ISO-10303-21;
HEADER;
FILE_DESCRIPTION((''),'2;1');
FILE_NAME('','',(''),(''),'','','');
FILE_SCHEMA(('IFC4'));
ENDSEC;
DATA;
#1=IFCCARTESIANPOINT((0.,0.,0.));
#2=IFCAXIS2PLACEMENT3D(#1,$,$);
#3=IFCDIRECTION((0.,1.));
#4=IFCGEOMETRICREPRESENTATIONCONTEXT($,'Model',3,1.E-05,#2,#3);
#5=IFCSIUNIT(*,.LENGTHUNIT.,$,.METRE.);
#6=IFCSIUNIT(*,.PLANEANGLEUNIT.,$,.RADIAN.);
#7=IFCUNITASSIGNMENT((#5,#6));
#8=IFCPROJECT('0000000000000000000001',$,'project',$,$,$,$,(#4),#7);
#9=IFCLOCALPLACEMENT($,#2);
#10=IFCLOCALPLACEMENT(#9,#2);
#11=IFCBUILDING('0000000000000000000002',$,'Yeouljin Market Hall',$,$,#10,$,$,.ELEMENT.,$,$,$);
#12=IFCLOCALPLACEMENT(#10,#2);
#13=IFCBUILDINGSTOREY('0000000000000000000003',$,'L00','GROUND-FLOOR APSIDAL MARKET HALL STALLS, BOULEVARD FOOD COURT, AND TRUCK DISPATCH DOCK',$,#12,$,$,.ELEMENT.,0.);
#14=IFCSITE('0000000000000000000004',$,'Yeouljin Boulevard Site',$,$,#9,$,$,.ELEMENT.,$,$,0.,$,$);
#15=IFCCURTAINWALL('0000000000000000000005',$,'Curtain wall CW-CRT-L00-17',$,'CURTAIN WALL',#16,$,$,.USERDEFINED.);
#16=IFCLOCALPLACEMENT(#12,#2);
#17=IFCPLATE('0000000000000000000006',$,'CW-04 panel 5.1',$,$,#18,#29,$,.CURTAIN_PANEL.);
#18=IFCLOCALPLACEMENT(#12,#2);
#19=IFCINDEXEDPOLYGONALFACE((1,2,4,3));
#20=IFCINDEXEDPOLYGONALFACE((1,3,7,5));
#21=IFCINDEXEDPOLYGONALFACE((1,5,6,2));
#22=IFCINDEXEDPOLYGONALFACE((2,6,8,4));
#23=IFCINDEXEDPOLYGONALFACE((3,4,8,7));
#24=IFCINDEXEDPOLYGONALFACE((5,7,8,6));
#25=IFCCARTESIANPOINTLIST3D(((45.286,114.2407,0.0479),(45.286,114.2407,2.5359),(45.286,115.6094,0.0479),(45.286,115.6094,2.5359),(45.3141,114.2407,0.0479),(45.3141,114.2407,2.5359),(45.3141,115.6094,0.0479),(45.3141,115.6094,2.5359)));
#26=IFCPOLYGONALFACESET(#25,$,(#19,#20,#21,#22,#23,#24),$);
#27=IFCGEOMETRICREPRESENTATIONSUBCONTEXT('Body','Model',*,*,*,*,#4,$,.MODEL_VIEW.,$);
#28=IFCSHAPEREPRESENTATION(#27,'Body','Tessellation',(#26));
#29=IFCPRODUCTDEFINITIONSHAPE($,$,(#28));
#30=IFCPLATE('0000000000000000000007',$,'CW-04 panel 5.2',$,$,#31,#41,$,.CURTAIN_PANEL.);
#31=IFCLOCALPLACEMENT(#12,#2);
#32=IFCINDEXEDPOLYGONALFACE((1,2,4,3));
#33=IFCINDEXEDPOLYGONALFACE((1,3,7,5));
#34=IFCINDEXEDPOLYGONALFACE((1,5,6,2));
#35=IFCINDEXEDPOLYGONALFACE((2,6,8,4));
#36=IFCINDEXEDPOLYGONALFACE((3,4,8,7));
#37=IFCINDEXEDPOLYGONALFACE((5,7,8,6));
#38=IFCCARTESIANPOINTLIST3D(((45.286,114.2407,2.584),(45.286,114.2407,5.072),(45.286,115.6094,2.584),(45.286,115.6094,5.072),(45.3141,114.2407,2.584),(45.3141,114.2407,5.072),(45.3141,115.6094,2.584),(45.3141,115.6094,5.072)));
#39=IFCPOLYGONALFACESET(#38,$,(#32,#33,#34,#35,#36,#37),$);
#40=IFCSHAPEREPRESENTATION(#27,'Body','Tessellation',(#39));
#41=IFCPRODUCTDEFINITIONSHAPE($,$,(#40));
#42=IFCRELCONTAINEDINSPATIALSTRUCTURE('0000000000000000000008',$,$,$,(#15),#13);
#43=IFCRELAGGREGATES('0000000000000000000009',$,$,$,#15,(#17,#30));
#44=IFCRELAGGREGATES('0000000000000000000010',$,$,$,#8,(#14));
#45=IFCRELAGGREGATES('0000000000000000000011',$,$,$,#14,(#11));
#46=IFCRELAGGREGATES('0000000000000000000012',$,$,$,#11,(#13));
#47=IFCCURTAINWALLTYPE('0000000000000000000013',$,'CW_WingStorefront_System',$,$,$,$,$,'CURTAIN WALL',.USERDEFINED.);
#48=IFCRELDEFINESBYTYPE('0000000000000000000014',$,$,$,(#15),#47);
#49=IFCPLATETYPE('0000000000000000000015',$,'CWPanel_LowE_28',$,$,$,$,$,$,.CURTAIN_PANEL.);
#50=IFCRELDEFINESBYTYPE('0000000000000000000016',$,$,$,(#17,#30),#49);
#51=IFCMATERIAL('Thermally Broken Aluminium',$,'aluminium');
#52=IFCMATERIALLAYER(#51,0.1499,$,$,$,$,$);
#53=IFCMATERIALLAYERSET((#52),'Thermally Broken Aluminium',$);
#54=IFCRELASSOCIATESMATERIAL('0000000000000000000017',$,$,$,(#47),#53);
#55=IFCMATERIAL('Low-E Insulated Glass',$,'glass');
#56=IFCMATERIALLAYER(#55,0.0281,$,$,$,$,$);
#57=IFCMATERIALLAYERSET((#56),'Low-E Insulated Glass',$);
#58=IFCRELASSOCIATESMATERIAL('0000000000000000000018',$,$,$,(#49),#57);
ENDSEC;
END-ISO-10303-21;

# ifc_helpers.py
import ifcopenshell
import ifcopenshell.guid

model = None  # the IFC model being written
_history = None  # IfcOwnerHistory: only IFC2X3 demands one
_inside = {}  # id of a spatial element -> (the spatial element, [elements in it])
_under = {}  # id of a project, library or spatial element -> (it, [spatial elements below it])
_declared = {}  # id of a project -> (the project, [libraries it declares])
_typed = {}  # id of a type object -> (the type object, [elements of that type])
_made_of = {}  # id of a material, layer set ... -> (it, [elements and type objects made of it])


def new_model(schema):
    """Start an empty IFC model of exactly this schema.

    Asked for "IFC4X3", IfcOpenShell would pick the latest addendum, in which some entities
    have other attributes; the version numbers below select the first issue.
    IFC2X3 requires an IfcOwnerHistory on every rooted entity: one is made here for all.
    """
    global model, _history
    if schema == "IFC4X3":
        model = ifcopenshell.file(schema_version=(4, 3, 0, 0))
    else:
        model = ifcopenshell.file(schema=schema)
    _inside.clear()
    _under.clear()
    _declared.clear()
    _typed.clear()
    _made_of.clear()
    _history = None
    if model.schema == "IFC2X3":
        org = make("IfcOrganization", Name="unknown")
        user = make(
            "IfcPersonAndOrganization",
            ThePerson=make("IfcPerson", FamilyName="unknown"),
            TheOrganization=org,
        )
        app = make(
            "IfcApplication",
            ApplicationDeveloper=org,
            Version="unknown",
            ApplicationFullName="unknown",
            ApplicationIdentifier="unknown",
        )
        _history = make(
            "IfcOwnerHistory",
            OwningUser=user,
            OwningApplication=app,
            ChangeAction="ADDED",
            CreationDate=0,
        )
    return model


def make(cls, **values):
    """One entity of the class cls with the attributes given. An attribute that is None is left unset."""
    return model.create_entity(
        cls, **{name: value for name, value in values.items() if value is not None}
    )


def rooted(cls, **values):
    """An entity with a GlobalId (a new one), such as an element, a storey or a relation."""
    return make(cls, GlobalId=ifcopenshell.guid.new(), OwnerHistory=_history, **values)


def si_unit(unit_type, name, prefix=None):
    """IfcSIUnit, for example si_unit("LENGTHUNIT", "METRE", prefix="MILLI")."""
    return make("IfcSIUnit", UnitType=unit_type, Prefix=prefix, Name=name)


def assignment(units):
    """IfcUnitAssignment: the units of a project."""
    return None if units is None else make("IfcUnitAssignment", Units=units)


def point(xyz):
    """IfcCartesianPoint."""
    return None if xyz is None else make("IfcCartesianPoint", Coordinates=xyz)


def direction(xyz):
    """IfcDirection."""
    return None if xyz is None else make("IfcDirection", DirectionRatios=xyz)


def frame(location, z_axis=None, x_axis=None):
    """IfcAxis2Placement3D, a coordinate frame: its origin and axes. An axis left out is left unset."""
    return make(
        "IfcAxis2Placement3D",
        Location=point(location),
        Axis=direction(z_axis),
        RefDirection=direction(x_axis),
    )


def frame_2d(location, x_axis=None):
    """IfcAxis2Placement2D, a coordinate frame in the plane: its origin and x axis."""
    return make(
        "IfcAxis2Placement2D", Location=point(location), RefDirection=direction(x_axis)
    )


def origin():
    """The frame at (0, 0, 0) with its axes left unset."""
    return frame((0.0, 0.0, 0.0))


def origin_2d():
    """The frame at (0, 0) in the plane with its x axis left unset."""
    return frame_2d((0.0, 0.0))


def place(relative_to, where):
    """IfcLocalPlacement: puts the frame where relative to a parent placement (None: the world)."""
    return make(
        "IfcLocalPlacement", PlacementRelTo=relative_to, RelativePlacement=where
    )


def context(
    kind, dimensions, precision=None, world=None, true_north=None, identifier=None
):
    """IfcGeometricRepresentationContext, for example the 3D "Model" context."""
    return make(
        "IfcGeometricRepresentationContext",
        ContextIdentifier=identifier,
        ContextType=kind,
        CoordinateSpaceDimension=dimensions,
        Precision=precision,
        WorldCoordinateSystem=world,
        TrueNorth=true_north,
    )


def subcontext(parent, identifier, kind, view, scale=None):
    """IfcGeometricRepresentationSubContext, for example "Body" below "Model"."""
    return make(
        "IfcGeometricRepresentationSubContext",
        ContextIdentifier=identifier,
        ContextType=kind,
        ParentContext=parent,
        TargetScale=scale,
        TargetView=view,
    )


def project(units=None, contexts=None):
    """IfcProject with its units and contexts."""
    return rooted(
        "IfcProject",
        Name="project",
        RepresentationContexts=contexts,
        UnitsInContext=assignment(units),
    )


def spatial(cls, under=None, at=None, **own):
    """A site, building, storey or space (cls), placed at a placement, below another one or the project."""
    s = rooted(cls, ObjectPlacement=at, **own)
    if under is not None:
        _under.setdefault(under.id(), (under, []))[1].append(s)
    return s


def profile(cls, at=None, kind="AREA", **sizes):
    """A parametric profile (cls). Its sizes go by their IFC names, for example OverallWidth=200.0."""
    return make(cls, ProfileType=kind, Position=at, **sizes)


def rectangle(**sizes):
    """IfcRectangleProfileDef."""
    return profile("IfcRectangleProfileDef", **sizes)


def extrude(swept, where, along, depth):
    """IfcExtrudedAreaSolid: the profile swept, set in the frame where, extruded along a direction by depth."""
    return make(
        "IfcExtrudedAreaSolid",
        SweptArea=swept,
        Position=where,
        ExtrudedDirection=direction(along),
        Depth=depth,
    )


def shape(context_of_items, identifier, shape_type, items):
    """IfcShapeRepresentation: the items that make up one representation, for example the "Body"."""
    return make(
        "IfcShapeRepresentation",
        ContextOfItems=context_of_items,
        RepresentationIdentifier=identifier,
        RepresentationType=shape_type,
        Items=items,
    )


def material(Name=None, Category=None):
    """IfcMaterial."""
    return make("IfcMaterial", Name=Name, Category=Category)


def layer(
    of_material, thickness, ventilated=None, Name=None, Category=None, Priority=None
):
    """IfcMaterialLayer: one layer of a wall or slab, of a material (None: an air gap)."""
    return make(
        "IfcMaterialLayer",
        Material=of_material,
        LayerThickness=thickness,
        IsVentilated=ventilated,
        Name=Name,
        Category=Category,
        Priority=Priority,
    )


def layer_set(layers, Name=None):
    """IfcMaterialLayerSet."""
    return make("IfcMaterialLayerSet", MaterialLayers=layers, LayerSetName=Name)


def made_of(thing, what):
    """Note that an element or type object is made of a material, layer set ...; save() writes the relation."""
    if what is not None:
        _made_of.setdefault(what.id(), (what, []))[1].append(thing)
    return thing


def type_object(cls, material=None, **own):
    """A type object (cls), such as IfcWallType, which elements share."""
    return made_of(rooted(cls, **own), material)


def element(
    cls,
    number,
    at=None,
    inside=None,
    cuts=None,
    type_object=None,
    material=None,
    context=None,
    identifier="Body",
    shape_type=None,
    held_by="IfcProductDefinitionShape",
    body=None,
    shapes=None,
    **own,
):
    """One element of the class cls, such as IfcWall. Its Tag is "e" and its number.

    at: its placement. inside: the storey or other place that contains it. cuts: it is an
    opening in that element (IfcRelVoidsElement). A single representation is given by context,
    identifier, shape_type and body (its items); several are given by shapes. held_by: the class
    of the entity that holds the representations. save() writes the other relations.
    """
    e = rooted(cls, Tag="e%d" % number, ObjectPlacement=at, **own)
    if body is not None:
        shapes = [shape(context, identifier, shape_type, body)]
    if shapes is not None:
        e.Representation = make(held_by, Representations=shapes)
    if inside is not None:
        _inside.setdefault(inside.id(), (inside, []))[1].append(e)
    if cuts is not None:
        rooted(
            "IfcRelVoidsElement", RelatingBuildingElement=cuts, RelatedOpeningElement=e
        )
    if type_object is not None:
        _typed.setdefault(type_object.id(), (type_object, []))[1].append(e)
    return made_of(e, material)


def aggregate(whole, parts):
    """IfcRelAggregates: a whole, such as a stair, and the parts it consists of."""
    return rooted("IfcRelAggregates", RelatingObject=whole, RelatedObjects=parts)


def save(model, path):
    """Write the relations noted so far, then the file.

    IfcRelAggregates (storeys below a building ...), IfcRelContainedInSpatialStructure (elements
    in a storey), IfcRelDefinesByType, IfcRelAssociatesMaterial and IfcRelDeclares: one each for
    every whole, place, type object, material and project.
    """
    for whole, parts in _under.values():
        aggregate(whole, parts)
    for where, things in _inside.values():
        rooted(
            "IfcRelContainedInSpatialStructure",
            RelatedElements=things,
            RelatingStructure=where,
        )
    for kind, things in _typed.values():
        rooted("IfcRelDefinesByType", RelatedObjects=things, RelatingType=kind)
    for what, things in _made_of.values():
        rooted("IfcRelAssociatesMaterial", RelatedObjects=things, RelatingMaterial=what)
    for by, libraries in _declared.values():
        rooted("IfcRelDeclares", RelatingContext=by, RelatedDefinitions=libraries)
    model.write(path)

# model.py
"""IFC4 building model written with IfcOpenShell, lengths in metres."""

from ifc_helpers import new_model, si_unit, direction, frame, origin, origin_2d, place, context, subcontext, project, spatial, rectangle, extrude, material, layer, layer_set, type_object, element, aggregate, save


model = new_model("IFC4")

# Units and contexts
model_context = context("Model", 3, precision=1e-05, world=origin(), true_north=direction((0.0, 1.0)))
body_context = subcontext(model_context, "Body", "Model", "MODEL_VIEW")
ifc_project = project(units=[si_unit("LENGTHUNIT", "METRE"), si_unit("PLANEANGLEUNIT", "RADIAN")], contexts=[model_context])

# Site, building, storey
site_placement = place(None, origin())
site = spatial("IfcSite", under=ifc_project, at=site_placement, Name="Yeouljin Boulevard Site", CompositionType="ELEMENT", RefElevation=0.0)
building_placement = place(site_placement, origin())
building = spatial("IfcBuilding", under=site, at=building_placement, Name="Yeouljin Market Hall", CompositionType="ELEMENT")
storey_placement = place(building_placement, origin())
storey = spatial("IfcBuildingStorey", under=building, at=storey_placement, Name="L00", Description="GROUND-FLOOR APSIDAL MARKET HALL STALLS, BOULEVARD FOOD COURT, AND TRUCK DISPATCH DOCK", CompositionType="ELEMENT", Elevation=0.0)

# Curtain wall, plates
ifc_material_1 = material(Name="Thermally Broken Aluminium", Category="aluminium")
ifc_layer_1 = layer(ifc_material_1, 0.1499)
ifc_layer_set_1 = layer_set([ifc_layer_1], Name="Thermally Broken Aluminium")
curtain_wall_type = type_object("IfcCurtainWallType", Name="CW_WingStorefront_System", ElementType="CURTAIN WALL", PredefinedType="USERDEFINED", material=ifc_layer_set_1)
curtain_wall_placement = place(storey_placement, origin())
curtain_wall = element("IfcCurtainWall", 1, at=curtain_wall_placement, inside=storey, type_object=curtain_wall_type, Name="Curtain wall CW-CRT-L00-17", ObjectType="CURTAIN WALL", PredefinedType="USERDEFINED")
ifc_material_2 = material(Name="Low-E Insulated Glass", Category="glass")
ifc_layer_2 = layer(ifc_material_2, 0.0281)
ifc_layer_set_2 = layer_set([ifc_layer_2], Name="Low-E Insulated Glass")
plate_type = type_object("IfcPlateType", Name="CWPanel_LowE_28", PredefinedType="CURTAIN_PANEL", material=ifc_layer_set_2)
plate_1_placement = place(storey_placement, frame((45.3, 114.925, 0.0479), z_axis=(0.0, 0.0, 1.0), x_axis=(0.0, 1.0, 0.0)))
plate_1 = element("IfcPlate", 2, at=plate_1_placement, type_object=plate_type, Name="CW-04 panel 5.1", PredefinedType="CURTAIN_PANEL", context=body_context, shape_type="SweptSolid", body=[
    extrude(rectangle(XDim=1.3687, YDim=0.0281, at=origin_2d()), origin(), (0.0, 0.0, 1.0), 2.488),
])
plate_2_placement = place(storey_placement, frame((45.3, 114.925, 2.584), z_axis=(0.0, 0.0, 1.0), x_axis=(0.0, 1.0, 0.0)))
plate_2 = element("IfcPlate", 3, at=plate_2_placement, type_object=plate_type, Name="CW-04 panel 5.2", PredefinedType="CURTAIN_PANEL", context=body_context, shape_type="SweptSolid", body=[
    extrude(rectangle(XDim=1.3687, YDim=0.0281, at=origin_2d()), origin(), (0.0, 0.0, 1.0), 2.488),
])
aggregate(curtain_wall, [plate_1, plate_2])

save(model, "model.ifc")
